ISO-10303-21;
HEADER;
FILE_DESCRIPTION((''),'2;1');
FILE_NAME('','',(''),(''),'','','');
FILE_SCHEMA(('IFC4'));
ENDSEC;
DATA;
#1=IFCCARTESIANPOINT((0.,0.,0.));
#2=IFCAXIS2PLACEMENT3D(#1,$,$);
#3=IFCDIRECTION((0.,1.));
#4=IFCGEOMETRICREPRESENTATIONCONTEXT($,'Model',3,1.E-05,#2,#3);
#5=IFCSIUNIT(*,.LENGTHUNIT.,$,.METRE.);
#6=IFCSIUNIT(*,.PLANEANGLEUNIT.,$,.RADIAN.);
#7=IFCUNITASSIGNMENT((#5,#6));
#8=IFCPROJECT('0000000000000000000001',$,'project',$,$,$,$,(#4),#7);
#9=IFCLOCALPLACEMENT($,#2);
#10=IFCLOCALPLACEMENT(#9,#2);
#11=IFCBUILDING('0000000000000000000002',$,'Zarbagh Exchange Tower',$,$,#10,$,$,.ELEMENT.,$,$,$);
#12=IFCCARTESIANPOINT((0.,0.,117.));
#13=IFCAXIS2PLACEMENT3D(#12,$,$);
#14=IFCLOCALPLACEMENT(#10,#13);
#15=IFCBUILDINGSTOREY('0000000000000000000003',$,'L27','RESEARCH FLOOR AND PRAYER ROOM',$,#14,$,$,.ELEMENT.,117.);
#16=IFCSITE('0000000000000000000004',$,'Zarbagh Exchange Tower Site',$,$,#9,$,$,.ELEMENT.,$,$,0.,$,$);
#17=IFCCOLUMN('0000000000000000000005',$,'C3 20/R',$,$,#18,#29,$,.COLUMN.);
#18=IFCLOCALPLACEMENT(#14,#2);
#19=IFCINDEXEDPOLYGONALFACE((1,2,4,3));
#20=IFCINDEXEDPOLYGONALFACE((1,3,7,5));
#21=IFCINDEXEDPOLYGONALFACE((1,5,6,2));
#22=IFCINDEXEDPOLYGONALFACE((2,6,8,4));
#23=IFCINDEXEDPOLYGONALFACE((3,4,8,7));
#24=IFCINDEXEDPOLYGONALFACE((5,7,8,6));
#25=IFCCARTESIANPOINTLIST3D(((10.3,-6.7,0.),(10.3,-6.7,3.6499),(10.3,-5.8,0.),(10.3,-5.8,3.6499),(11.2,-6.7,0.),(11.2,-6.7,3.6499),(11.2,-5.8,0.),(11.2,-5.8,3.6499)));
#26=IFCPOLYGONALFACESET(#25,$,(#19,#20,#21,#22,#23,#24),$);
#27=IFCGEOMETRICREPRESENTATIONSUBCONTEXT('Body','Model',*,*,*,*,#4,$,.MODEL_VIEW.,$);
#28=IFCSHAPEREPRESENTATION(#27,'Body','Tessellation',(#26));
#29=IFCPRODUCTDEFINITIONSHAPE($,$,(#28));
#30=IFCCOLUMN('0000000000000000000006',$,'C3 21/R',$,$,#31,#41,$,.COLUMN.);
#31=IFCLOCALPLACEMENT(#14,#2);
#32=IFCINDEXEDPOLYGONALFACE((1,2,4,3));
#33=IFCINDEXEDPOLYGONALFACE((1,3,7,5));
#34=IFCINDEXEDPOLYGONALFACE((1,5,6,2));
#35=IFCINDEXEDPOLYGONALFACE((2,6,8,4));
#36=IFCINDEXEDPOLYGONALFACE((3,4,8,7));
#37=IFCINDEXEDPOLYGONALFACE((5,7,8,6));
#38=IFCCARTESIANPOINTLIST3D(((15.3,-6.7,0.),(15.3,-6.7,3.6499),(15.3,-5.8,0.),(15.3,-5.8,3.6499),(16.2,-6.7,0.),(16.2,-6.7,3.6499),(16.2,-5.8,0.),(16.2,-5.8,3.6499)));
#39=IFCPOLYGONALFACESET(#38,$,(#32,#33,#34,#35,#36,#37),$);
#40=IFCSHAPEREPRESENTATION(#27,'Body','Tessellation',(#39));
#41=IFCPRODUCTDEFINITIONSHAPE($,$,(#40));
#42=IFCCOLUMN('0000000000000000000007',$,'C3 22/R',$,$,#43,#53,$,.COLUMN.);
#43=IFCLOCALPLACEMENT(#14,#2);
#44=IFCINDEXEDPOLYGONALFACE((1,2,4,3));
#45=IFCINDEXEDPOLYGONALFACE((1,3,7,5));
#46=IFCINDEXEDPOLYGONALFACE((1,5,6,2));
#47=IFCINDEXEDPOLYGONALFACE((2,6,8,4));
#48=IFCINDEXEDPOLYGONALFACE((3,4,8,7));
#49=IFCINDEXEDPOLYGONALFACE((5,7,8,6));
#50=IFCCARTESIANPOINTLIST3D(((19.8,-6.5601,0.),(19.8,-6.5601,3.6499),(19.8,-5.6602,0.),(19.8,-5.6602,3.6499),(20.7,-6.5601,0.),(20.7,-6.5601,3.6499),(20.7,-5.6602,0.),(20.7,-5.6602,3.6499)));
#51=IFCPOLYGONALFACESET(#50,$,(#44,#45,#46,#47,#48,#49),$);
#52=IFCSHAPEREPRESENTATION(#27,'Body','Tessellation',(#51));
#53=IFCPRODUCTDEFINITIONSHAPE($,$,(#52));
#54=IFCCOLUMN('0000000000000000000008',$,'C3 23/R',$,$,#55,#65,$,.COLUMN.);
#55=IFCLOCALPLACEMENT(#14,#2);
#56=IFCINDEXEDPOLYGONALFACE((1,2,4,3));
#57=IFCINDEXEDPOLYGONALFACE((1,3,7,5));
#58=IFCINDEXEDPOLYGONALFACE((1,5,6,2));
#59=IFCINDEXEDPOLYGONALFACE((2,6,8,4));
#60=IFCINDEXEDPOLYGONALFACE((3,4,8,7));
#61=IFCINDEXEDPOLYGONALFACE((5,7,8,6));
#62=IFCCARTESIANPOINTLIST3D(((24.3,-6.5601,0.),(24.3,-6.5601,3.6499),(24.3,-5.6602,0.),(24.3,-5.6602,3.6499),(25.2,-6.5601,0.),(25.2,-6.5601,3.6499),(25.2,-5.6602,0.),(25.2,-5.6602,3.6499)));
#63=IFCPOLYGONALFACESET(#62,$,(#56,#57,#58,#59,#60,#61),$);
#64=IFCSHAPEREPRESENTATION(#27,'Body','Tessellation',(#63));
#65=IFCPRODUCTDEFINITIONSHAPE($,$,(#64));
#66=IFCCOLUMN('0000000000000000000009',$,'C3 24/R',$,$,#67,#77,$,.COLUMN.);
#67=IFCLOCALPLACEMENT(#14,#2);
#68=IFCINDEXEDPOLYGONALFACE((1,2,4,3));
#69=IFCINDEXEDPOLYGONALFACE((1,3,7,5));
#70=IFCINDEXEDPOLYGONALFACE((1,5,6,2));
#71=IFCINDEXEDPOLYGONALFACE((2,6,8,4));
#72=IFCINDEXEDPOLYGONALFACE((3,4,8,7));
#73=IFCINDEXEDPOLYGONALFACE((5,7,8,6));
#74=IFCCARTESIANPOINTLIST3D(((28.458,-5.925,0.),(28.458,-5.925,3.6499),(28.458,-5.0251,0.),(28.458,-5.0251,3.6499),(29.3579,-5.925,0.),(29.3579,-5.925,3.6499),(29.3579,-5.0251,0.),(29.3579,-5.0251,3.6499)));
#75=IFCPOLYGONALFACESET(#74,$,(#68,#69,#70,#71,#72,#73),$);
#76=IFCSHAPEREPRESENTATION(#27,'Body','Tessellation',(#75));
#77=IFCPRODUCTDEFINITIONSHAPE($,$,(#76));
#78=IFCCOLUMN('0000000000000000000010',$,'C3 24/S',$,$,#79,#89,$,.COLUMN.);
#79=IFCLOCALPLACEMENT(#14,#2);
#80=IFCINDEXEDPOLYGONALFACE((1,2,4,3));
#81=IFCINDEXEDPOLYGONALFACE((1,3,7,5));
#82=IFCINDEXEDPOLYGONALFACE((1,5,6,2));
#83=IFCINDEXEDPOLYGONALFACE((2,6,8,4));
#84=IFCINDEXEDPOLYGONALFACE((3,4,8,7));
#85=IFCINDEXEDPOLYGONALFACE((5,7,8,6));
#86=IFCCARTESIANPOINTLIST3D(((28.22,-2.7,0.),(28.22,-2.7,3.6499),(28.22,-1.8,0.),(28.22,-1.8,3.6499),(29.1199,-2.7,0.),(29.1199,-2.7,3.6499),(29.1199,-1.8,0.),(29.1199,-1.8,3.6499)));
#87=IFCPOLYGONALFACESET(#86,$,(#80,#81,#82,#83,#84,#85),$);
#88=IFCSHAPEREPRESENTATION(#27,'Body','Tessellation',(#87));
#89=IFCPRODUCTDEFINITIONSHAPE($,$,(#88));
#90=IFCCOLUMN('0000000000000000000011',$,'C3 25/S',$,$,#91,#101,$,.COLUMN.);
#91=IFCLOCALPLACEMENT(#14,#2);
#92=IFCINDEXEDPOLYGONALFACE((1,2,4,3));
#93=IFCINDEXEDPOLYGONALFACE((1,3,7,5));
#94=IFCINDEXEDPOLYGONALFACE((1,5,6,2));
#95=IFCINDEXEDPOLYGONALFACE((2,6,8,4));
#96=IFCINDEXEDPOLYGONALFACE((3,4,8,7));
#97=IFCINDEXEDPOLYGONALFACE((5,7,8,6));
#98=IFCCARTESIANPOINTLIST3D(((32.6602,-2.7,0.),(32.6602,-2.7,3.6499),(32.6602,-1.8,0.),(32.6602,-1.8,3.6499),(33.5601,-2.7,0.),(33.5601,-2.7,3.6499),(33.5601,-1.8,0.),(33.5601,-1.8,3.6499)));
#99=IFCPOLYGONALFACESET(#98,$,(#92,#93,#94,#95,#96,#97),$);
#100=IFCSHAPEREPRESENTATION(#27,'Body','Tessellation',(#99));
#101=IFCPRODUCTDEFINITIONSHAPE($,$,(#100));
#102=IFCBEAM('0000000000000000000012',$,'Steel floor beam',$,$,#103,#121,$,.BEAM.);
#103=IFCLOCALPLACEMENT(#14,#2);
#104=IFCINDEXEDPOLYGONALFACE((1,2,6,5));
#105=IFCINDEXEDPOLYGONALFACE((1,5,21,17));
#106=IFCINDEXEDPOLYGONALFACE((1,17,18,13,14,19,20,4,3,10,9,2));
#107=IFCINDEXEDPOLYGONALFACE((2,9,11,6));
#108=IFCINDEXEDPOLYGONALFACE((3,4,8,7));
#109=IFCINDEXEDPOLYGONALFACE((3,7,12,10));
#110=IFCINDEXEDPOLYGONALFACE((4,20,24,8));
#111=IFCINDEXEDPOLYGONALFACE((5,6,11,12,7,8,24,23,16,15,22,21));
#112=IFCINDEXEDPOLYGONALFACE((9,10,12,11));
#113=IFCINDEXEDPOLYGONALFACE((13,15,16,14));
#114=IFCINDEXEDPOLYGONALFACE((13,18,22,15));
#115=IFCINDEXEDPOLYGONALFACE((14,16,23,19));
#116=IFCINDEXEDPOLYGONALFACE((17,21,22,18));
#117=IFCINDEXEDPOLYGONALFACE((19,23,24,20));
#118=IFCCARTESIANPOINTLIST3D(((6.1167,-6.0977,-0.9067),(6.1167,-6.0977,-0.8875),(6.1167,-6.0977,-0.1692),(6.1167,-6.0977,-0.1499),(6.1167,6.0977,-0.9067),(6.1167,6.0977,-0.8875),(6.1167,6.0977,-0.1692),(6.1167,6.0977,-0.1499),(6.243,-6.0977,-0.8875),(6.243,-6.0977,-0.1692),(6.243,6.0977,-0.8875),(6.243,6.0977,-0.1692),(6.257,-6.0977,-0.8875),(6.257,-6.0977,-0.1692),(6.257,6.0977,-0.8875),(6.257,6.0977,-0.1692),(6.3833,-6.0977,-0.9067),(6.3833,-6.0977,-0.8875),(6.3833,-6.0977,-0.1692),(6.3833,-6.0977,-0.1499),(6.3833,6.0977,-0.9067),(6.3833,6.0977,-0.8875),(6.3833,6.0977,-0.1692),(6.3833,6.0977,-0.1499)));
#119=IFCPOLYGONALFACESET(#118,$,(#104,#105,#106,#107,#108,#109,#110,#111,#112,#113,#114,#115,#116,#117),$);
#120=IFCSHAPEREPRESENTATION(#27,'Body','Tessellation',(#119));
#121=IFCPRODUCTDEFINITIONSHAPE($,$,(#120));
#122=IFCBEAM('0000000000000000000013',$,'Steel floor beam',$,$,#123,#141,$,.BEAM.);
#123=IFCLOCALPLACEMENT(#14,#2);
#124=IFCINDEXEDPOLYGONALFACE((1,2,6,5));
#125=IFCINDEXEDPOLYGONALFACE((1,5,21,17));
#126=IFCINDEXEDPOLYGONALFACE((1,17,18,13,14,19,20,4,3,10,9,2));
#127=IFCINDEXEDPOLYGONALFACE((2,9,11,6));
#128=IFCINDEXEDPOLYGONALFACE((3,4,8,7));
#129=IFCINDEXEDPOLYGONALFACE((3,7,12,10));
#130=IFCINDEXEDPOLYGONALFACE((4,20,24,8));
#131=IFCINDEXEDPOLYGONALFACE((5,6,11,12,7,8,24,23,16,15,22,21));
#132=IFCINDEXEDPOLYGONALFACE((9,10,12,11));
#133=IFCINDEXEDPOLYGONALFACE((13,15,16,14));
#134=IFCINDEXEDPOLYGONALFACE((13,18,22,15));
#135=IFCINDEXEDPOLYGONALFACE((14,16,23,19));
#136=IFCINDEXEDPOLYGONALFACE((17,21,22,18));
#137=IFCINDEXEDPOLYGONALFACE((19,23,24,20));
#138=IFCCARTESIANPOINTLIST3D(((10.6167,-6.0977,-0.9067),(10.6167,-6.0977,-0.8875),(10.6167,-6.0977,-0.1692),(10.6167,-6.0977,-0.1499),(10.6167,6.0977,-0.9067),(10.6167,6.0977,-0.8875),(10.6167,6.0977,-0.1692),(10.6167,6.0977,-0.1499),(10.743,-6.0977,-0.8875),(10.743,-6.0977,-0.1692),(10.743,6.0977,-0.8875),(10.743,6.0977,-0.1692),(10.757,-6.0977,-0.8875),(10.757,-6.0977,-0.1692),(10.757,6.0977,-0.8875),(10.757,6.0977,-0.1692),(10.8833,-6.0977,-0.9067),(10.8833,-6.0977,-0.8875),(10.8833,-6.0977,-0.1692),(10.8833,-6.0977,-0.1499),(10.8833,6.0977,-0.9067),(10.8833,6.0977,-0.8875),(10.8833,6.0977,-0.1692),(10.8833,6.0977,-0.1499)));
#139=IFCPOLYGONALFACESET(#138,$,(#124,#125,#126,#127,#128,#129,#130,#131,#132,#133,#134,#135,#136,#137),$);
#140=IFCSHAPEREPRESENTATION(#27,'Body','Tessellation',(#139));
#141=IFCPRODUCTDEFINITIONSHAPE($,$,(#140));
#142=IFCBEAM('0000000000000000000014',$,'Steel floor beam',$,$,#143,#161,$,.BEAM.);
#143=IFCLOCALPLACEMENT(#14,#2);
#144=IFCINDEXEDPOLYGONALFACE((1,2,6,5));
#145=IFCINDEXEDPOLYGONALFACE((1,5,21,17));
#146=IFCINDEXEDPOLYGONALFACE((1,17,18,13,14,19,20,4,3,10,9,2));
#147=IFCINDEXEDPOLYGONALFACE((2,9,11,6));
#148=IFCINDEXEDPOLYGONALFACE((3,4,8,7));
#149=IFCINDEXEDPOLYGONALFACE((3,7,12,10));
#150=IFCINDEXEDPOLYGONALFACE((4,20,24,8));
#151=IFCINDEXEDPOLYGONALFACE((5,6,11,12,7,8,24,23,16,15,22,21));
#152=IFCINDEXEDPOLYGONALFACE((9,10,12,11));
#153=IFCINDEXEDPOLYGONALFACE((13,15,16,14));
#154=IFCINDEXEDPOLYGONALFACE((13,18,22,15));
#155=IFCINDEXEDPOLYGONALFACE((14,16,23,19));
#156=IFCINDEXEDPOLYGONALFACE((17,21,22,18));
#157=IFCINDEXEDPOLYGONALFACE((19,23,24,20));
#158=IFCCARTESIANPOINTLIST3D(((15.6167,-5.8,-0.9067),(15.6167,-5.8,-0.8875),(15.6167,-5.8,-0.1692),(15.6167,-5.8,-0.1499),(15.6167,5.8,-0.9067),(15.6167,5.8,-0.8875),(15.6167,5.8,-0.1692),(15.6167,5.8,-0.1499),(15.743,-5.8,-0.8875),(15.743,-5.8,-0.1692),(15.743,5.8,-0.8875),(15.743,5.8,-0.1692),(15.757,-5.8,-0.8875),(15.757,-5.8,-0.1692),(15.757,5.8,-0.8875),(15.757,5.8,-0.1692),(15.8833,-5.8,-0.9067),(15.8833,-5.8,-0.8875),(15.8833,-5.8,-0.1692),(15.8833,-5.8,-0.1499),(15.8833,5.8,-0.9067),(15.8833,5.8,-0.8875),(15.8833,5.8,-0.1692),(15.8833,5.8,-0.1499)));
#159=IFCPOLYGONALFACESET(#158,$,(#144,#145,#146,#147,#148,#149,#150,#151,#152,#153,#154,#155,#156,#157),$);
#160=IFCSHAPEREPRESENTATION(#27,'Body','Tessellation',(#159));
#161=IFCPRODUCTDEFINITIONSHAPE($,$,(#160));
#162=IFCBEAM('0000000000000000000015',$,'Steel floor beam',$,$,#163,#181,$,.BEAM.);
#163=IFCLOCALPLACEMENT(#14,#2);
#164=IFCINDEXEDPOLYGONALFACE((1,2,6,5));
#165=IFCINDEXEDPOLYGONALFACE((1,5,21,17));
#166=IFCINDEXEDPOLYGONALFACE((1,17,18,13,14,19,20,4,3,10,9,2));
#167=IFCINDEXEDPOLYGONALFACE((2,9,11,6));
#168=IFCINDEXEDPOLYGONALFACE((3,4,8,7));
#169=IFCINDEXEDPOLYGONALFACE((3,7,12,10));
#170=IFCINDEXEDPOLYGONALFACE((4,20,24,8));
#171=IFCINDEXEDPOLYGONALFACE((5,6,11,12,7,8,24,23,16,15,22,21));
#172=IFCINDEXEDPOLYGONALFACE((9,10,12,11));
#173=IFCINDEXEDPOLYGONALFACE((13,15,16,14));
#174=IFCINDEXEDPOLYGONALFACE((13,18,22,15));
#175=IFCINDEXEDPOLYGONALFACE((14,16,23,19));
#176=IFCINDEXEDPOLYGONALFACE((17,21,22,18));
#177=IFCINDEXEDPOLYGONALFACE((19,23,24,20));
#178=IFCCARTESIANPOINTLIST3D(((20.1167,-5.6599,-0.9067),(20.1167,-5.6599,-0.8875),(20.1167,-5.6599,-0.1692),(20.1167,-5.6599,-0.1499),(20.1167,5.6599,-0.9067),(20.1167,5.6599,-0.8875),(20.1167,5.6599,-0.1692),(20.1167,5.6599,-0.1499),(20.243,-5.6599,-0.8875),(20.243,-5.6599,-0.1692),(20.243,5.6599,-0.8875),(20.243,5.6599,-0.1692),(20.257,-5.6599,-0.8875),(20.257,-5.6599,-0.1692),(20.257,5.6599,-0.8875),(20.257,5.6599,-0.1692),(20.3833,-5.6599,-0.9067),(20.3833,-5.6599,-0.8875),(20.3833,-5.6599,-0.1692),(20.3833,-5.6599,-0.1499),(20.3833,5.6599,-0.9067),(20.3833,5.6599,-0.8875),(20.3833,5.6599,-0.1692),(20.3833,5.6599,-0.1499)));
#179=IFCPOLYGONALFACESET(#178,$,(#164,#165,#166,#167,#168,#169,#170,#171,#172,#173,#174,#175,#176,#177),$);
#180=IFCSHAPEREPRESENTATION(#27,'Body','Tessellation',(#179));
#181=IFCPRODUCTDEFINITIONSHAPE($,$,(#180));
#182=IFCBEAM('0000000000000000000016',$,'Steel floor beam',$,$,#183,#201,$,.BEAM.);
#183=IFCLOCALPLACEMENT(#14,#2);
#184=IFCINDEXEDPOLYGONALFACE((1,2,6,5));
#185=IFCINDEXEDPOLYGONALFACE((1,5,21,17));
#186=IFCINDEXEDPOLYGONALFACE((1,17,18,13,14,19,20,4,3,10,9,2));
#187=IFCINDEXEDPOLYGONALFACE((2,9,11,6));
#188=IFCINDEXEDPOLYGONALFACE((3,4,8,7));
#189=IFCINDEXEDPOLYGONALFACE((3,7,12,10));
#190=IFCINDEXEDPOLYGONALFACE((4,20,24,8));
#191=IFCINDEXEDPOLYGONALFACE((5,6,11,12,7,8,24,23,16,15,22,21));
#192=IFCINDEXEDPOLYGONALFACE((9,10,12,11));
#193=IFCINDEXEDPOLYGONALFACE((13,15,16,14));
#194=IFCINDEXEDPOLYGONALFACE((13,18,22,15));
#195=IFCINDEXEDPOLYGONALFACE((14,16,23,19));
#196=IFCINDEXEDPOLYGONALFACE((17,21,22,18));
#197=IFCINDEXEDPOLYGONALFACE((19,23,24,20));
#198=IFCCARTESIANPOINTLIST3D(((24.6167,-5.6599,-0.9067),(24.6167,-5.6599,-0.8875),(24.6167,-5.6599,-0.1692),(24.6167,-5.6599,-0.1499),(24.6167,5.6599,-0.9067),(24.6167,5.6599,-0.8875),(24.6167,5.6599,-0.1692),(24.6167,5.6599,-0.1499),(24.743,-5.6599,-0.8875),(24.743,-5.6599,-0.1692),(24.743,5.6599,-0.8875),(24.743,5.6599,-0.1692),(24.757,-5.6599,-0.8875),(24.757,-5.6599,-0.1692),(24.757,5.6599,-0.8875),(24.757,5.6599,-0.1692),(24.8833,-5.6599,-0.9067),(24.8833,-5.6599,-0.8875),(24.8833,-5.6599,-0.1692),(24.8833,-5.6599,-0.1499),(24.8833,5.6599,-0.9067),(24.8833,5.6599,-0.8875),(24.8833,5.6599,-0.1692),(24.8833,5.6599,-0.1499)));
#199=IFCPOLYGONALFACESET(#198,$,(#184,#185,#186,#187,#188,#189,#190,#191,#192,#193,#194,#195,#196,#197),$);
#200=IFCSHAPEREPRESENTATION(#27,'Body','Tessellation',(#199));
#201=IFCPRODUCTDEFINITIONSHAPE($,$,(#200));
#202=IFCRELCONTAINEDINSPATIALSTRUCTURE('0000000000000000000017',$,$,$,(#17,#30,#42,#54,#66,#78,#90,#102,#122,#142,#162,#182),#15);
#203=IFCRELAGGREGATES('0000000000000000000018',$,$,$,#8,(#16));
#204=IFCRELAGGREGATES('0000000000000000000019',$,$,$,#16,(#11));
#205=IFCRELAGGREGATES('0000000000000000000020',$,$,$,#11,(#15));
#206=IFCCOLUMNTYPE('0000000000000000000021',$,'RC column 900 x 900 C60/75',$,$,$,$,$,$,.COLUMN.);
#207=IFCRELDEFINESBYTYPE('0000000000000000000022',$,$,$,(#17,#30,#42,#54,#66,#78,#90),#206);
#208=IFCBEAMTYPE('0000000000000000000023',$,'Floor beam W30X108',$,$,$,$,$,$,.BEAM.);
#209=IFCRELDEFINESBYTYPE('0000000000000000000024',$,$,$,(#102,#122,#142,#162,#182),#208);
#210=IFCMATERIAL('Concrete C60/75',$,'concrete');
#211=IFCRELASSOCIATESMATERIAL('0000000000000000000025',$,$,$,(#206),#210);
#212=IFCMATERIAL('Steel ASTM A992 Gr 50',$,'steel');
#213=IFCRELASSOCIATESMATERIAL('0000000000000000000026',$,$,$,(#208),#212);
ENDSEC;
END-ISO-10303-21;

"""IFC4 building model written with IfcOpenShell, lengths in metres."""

from ifc_helpers import new_model, si_unit, direction, frame, origin, origin_2d, place, context, subcontext, project, spatial, rectangle, i_section, extrude, material, material_profile, profile_set, type_object, element, save


model = new_model("IFC4")

# Units and contexts
model_context = context("Model", 3, precision=1e-05, world=origin(), true_north=direction((0.0, 1.0)))
body_context = subcontext(model_context, "Body", "Model", "MODEL_VIEW")
ifc_project = project(units=[si_unit("LENGTHUNIT", "METRE"), si_unit("PLANEANGLEUNIT", "RADIAN")], contexts=[model_context])

# Site, building, storey
site_placement = place(None, origin())
site = spatial("IfcSite", under=ifc_project, at=site_placement, Name="Zarbagh Exchange Tower Site", CompositionType="ELEMENT", RefElevation=0.0)
building_placement = place(site_placement, origin())
building = spatial("IfcBuilding", under=site, at=building_placement, Name="Zarbagh Exchange Tower", CompositionType="ELEMENT")
storey_placement = place(building_placement, frame((0.0, 0.0, 117.0)))
storey = spatial("IfcBuildingStorey", under=building, at=storey_placement, Name="L27", Description="RESEARCH FLOOR AND PRAYER ROOM", CompositionType="ELEMENT", Elevation=117.0)

# Columns
ifc_material_1 = material(Name="Concrete C60/75", Category="concrete")
ifc_material_profile_1 = material_profile(ifc_material_1, rectangle(XDim=0.8999, YDim=0.8999, at=origin_2d()), Name="RC column 900 x 900 C60/75")
ifc_profile_set_1 = profile_set([ifc_material_profile_1], Name="Concrete C60/75")
column_type = type_object("IfcColumnType", Name="RC column 900 x 900 C60/75", PredefinedType="COLUMN", material=ifc_profile_set_1)
for number, where, z_axis, x_axis, name in (
    (1, (10.75, -6.25, 0.0), (0.0, 0.0, 1.0), (1.0, 0.0, 0.0), "C3 20/R"),
    (2, (15.75, -6.25, 0.0), (0.0, 0.0, 1.0), (1.0, 0.0, 0.0), "C3 21/R"),
    (3, (20.25, -6.1101, 0.0), (0.0, 0.0, 1.0), (1.0, 0.0, 0.0), "C3 22/R"),
    (4, (24.75, -6.1101, 0.0), (0.0, 0.0, 1.0), (1.0, 0.0, 0.0), "C3 23/R"),
    (5, (28.908, -5.4751, 0.0), (0.0, 0.0, 1.0), (1.0, 0.0, 0.0), "C3 24/R"),
    (6, (28.6699, -2.25, 0.0), (0.0, 0.0, 1.0), (1.0, 0.0, 0.0), "C3 24/S"),
    (7, (33.1101, -2.25, 0.0), (0.0, 0.0, 1.0), (1.0, 0.0, 0.0), "C3 25/S"),
):
    element("IfcColumn", number, at=place(storey_placement, frame(where, z_axis=z_axis, x_axis=x_axis)), inside=storey, type_object=column_type, Name=name, PredefinedType="COLUMN", context=body_context, shape_type="SweptSolid", body=[
        extrude(rectangle(XDim=0.8999, YDim=0.8999, at=origin_2d()), origin(), (0.0, 0.0, 1.0), 3.6499),
    ])

# Beams
ifc_material_2 = material(Name="Steel ASTM A992 Gr 50", Category="steel")
ifc_material_profile_2 = material_profile(ifc_material_2, i_section(OverallWidth=0.2666, OverallDepth=0.7568, WebThickness=0.0139, FlangeThickness=0.0193, at=origin_2d()), Name="W30X108")
ifc_profile_set_2 = profile_set([ifc_material_profile_2], Name="Steel ASTM A992 Gr 50")
beam_type_1 = type_object("IfcBeamType", Name="Floor beam W30X108", PredefinedType="BEAM", material=ifc_profile_set_2)
for number, where, z_axis, x_axis, name in (
    (8, (6.25, -6.0977, -0.5283), (0.0, 1.0, 0.0), (-1.0, 0.0, 0.0), "Steel floor beam"),
    (9, (10.75, -6.0977, -0.5283), (0.0, 1.0, 0.0), (-1.0, 0.0, 0.0), "Steel floor beam"),
):
    element("IfcBeam", number, at=place(storey_placement, frame(where, z_axis=z_axis, x_axis=x_axis)), inside=storey, type_object=beam_type_1, Name=name, PredefinedType="BEAM", context=body_context, shape_type="SweptSolid", body=[
        extrude(i_section(OverallWidth=0.2666, OverallDepth=0.7568, WebThickness=0.0139, FlangeThickness=0.0193, at=origin_2d()), origin(), (0.0, 0.0, 1.0), 12.1953),
    ])
beam_1_placement = place(storey_placement, frame((15.75, -5.8, -0.5283), z_axis=(0.0, 1.0, 0.0), x_axis=(-1.0, 0.0, 0.0)))
element("IfcBeam", 10, at=beam_1_placement, inside=storey, type_object=beam_type_1, Name="Steel floor beam", PredefinedType="BEAM", context=body_context, shape_type="SweptSolid", body=[
    extrude(i_section(OverallWidth=0.2666, OverallDepth=0.7568, WebThickness=0.0139, FlangeThickness=0.0193, at=origin_2d()), origin(), (0.0, 0.0, 1.0), 11.6001),
])
for number, where, z_axis, x_axis, name in (
    (11, (20.25, -5.6599, -0.5283), (0.0, 1.0, 0.0), (-1.0, 0.0, 0.0), "Steel floor beam"),
    (12, (24.75, -5.6599, -0.5283), (0.0, 1.0, 0.0), (-1.0, 0.0, 0.0), "Steel floor beam"),
):
    element("IfcBeam", number, at=place(storey_placement, frame(where, z_axis=z_axis, x_axis=x_axis)), inside=storey, type_object=beam_type_1, Name=name, PredefinedType="BEAM", context=body_context, shape_type="SweptSolid", body=[
        extrude(i_section(OverallWidth=0.2666, OverallDepth=0.7568, WebThickness=0.0139, FlangeThickness=0.0193, at=origin_2d()), origin(), (0.0, 0.0, 1.0), 11.3198),
    ])

save(model, "model.ifc")
